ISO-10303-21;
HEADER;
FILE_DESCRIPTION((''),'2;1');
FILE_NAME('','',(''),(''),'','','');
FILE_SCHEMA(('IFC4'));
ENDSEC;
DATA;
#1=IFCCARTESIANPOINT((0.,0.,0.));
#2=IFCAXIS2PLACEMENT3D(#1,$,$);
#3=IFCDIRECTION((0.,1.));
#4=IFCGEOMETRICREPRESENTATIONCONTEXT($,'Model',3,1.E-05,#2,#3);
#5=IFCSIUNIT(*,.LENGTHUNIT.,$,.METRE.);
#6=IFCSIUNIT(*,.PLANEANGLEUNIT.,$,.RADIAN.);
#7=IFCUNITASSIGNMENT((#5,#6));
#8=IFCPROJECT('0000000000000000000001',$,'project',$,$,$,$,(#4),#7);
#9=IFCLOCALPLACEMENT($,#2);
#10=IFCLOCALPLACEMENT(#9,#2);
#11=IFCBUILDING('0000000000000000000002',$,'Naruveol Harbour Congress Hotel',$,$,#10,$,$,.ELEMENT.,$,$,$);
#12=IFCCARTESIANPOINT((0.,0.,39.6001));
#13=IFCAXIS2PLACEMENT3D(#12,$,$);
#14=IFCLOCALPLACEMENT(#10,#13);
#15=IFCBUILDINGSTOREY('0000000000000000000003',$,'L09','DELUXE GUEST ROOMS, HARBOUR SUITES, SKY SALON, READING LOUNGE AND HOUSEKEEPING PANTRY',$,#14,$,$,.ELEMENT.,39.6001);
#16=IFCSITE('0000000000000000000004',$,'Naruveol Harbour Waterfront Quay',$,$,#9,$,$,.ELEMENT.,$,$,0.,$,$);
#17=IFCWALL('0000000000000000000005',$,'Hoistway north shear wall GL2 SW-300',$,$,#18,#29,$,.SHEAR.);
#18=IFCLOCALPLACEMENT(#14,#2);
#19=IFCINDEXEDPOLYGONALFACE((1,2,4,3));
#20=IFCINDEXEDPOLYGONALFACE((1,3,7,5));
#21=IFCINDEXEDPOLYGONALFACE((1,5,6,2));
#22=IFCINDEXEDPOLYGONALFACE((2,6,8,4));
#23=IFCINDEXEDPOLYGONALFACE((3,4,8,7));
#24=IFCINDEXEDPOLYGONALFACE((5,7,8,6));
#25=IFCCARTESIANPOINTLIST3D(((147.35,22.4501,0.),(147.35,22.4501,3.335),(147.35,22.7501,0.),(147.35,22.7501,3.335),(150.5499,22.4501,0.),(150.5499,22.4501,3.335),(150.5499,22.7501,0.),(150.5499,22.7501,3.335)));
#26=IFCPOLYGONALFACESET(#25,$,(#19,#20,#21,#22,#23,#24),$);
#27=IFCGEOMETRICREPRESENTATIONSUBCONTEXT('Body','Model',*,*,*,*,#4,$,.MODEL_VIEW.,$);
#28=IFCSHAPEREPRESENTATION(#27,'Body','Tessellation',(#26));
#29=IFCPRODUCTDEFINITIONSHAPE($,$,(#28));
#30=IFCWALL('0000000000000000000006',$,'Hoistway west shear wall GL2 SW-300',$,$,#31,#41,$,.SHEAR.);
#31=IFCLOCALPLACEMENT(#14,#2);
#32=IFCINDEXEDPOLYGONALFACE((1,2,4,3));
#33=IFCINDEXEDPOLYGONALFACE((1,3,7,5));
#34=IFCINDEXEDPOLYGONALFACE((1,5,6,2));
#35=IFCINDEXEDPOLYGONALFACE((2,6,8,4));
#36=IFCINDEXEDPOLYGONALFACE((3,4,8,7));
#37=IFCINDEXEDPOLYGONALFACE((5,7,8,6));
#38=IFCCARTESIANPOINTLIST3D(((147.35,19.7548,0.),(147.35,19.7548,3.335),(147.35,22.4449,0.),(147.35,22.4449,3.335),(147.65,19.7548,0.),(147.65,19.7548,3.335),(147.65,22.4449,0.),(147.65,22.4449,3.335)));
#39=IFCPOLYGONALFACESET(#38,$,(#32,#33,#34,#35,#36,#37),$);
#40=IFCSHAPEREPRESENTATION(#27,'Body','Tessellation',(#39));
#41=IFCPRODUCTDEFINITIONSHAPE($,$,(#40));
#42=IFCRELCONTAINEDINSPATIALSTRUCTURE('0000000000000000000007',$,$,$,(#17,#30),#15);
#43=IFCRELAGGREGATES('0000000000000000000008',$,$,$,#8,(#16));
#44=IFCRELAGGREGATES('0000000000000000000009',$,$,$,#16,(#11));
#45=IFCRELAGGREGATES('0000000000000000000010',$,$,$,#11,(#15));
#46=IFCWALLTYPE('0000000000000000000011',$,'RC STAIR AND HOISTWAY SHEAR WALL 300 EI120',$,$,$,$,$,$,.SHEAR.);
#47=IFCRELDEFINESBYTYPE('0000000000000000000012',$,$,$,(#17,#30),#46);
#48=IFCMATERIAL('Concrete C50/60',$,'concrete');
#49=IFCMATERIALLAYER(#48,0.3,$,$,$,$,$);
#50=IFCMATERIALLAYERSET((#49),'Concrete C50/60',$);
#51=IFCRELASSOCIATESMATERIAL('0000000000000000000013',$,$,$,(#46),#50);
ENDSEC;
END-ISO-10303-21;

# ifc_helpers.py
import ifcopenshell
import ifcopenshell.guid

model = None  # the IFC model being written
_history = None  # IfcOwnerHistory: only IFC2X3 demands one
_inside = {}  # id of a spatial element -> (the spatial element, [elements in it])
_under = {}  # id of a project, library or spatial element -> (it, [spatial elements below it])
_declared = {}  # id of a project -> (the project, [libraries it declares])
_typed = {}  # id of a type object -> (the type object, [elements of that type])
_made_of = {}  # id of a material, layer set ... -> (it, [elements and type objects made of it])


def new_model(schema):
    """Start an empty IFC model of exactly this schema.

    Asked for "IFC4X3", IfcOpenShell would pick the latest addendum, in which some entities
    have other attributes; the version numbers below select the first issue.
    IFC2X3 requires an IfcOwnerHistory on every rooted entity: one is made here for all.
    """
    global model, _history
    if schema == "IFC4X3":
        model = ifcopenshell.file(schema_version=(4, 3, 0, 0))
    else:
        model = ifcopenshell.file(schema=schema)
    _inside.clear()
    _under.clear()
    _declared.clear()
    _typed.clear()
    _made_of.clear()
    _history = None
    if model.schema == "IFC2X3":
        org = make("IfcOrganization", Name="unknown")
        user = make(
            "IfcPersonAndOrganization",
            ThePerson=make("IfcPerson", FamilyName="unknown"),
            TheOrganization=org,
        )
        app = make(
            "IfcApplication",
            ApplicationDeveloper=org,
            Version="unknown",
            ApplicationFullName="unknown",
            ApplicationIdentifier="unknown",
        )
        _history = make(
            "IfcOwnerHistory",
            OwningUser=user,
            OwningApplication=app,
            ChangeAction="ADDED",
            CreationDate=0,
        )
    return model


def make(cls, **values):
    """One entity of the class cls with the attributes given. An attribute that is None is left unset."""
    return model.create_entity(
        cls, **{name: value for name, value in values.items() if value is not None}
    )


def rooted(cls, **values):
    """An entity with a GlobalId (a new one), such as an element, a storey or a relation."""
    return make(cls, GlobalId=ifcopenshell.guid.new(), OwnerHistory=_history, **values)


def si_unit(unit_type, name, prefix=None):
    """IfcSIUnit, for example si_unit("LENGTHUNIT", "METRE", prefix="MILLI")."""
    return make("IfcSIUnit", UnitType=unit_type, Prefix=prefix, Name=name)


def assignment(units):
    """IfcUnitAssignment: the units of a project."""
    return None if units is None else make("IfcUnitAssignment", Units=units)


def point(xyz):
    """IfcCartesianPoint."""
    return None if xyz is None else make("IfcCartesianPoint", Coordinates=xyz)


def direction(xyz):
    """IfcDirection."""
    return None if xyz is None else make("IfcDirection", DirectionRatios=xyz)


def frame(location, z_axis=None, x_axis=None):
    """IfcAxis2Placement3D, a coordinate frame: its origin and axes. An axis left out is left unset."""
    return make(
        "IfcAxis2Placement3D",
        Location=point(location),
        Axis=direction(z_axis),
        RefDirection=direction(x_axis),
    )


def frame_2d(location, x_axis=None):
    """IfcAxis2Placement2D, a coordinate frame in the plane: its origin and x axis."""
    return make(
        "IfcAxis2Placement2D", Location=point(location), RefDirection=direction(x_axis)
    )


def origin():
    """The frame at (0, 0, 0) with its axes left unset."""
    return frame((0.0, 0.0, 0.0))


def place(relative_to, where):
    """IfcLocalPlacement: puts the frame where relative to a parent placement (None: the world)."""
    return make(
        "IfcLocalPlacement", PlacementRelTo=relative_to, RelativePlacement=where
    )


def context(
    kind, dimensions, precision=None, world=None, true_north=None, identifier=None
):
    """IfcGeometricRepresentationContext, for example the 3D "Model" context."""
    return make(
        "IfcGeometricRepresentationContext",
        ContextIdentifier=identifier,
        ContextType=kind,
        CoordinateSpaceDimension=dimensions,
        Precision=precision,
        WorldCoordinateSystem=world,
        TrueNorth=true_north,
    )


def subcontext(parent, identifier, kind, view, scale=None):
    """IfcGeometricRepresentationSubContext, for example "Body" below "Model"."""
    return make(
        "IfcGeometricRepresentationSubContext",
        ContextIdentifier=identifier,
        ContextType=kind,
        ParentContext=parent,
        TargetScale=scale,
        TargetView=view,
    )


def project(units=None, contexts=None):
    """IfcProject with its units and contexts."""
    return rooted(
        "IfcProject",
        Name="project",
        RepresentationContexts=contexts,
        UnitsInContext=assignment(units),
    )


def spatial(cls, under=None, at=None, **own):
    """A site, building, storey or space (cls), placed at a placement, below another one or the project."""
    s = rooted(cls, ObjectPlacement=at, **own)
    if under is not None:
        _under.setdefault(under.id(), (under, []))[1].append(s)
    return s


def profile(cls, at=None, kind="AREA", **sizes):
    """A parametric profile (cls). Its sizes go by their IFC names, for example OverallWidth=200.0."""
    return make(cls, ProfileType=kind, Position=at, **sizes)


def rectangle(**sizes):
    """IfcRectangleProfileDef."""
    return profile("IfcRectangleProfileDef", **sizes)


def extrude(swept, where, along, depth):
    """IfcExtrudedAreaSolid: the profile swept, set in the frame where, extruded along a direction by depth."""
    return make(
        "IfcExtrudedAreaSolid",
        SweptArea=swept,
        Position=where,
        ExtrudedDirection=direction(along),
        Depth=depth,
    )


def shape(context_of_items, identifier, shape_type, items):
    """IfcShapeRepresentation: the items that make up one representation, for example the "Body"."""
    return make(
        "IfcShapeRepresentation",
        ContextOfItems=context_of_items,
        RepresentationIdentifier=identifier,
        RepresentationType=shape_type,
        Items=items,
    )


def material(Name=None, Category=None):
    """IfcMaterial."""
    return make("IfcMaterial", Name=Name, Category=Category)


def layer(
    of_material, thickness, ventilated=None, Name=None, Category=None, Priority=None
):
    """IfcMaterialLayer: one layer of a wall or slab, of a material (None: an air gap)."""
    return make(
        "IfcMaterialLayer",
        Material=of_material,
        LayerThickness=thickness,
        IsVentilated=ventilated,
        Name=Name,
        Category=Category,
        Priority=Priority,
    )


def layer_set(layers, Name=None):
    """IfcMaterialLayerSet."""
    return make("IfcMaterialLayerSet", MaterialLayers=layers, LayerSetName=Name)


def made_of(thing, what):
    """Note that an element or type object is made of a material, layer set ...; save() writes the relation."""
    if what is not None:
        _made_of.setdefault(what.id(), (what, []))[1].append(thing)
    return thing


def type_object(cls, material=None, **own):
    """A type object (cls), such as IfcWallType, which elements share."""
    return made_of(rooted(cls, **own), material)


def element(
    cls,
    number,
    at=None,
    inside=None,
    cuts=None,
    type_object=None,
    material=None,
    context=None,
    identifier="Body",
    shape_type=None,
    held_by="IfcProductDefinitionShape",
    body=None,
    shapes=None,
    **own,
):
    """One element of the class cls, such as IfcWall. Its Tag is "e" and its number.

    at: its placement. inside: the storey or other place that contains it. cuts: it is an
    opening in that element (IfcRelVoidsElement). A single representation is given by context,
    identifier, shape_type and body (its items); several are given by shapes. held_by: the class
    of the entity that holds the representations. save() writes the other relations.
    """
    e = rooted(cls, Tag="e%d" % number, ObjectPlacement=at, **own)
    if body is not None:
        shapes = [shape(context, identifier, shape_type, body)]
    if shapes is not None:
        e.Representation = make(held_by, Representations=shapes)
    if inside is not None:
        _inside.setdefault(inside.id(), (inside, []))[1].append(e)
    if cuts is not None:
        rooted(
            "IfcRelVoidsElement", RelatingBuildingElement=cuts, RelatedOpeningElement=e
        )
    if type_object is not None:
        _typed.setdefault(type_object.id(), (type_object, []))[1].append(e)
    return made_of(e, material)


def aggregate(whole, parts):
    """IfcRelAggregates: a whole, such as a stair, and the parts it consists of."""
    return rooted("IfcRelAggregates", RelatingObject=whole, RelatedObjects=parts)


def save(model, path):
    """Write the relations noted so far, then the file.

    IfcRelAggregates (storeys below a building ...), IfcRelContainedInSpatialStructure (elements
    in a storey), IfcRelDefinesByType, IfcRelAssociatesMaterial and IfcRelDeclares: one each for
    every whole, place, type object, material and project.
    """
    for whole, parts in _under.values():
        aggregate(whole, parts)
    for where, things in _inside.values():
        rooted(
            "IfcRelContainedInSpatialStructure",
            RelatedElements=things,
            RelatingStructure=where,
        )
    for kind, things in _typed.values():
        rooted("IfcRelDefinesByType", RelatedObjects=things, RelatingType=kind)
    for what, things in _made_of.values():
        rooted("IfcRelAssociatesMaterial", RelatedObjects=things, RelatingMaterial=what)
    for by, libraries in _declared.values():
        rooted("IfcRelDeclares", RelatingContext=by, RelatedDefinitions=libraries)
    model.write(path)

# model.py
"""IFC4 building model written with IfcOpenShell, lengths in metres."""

from ifc_helpers import new_model, si_unit, direction, frame, frame_2d, origin, place, context, subcontext, project, spatial, rectangle, extrude, material, layer, layer_set, type_object, element, save


model = new_model("IFC4")

# Units and contexts
model_context = context("Model", 3, precision=1e-05, world=origin(), true_north=direction((0.0, 1.0)))
body_context = subcontext(model_context, "Body", "Model", "MODEL_VIEW")
ifc_project = project(units=[si_unit("LENGTHUNIT", "METRE"), si_unit("PLANEANGLEUNIT", "RADIAN")], contexts=[model_context])

# Site, building, storey
site_placement = place(None, origin())
site = spatial("IfcSite", under=ifc_project, at=site_placement, Name="Naruveol Harbour Waterfront Quay", CompositionType="ELEMENT", RefElevation=0.0)
building_placement = place(site_placement, origin())
building = spatial("IfcBuilding", under=site, at=building_placement, Name="Naruveol Harbour Congress Hotel", CompositionType="ELEMENT")
storey_placement = place(building_placement, frame((0.0, 0.0, 39.6001)))
storey = spatial("IfcBuildingStorey", under=building, at=storey_placement, Name="L09", Description="DELUXE GUEST ROOMS, HARBOUR SUITES, SKY SALON, READING LOUNGE AND HOUSEKEEPING PANTRY", CompositionType="ELEMENT", Elevation=39.6001)

# Walls
ifc_material_1 = material(Name="Concrete C50/60", Category="concrete")
ifc_layer_1 = layer(ifc_material_1, 0.3)
ifc_layer_set_1 = layer_set([ifc_layer_1], Name="Concrete C50/60")
wall_type_1 = type_object("IfcWallType", Name="RC STAIR AND HOISTWAY SHEAR WALL 300 EI120", PredefinedType="SHEAR", material=ifc_layer_set_1)
wall_1_placement = place(storey_placement, frame((150.55, 22.6001, 0.0), z_axis=(0.0, 0.0, 1.0), x_axis=(-1.0, 0.0, 0.0)))
element("IfcWall", 1, at=wall_1_placement, inside=storey, type_object=wall_type_1, Name="Hoistway north shear wall GL2 SW-300", PredefinedType="SHEAR", context=body_context, shape_type="SweptSolid", body=[
    extrude(rectangle(XDim=3.2, YDim=0.3, at=frame_2d((1.6001, 0.0))), origin(), (0.0, 0.0, 1.0), 3.335),
])
wall_2_placement = place(storey_placement, frame((147.5, 22.4451, 0.0), z_axis=(0.0, 0.0, 1.0), x_axis=(0.0, -1.0, 0.0)))
element("IfcWall", 2, at=wall_2_placement, inside=storey, type_object=wall_type_1, Name="Hoistway west shear wall GL2 SW-300", PredefinedType="SHEAR", context=body_context, shape_type="SweptSolid", body=[
    extrude(rectangle(XDim=2.6902, YDim=0.3, at=frame_2d((1.3452, 0.0))), origin(), (0.0, 0.0, 1.0), 3.335),
])

save(model, "model.ifc")
